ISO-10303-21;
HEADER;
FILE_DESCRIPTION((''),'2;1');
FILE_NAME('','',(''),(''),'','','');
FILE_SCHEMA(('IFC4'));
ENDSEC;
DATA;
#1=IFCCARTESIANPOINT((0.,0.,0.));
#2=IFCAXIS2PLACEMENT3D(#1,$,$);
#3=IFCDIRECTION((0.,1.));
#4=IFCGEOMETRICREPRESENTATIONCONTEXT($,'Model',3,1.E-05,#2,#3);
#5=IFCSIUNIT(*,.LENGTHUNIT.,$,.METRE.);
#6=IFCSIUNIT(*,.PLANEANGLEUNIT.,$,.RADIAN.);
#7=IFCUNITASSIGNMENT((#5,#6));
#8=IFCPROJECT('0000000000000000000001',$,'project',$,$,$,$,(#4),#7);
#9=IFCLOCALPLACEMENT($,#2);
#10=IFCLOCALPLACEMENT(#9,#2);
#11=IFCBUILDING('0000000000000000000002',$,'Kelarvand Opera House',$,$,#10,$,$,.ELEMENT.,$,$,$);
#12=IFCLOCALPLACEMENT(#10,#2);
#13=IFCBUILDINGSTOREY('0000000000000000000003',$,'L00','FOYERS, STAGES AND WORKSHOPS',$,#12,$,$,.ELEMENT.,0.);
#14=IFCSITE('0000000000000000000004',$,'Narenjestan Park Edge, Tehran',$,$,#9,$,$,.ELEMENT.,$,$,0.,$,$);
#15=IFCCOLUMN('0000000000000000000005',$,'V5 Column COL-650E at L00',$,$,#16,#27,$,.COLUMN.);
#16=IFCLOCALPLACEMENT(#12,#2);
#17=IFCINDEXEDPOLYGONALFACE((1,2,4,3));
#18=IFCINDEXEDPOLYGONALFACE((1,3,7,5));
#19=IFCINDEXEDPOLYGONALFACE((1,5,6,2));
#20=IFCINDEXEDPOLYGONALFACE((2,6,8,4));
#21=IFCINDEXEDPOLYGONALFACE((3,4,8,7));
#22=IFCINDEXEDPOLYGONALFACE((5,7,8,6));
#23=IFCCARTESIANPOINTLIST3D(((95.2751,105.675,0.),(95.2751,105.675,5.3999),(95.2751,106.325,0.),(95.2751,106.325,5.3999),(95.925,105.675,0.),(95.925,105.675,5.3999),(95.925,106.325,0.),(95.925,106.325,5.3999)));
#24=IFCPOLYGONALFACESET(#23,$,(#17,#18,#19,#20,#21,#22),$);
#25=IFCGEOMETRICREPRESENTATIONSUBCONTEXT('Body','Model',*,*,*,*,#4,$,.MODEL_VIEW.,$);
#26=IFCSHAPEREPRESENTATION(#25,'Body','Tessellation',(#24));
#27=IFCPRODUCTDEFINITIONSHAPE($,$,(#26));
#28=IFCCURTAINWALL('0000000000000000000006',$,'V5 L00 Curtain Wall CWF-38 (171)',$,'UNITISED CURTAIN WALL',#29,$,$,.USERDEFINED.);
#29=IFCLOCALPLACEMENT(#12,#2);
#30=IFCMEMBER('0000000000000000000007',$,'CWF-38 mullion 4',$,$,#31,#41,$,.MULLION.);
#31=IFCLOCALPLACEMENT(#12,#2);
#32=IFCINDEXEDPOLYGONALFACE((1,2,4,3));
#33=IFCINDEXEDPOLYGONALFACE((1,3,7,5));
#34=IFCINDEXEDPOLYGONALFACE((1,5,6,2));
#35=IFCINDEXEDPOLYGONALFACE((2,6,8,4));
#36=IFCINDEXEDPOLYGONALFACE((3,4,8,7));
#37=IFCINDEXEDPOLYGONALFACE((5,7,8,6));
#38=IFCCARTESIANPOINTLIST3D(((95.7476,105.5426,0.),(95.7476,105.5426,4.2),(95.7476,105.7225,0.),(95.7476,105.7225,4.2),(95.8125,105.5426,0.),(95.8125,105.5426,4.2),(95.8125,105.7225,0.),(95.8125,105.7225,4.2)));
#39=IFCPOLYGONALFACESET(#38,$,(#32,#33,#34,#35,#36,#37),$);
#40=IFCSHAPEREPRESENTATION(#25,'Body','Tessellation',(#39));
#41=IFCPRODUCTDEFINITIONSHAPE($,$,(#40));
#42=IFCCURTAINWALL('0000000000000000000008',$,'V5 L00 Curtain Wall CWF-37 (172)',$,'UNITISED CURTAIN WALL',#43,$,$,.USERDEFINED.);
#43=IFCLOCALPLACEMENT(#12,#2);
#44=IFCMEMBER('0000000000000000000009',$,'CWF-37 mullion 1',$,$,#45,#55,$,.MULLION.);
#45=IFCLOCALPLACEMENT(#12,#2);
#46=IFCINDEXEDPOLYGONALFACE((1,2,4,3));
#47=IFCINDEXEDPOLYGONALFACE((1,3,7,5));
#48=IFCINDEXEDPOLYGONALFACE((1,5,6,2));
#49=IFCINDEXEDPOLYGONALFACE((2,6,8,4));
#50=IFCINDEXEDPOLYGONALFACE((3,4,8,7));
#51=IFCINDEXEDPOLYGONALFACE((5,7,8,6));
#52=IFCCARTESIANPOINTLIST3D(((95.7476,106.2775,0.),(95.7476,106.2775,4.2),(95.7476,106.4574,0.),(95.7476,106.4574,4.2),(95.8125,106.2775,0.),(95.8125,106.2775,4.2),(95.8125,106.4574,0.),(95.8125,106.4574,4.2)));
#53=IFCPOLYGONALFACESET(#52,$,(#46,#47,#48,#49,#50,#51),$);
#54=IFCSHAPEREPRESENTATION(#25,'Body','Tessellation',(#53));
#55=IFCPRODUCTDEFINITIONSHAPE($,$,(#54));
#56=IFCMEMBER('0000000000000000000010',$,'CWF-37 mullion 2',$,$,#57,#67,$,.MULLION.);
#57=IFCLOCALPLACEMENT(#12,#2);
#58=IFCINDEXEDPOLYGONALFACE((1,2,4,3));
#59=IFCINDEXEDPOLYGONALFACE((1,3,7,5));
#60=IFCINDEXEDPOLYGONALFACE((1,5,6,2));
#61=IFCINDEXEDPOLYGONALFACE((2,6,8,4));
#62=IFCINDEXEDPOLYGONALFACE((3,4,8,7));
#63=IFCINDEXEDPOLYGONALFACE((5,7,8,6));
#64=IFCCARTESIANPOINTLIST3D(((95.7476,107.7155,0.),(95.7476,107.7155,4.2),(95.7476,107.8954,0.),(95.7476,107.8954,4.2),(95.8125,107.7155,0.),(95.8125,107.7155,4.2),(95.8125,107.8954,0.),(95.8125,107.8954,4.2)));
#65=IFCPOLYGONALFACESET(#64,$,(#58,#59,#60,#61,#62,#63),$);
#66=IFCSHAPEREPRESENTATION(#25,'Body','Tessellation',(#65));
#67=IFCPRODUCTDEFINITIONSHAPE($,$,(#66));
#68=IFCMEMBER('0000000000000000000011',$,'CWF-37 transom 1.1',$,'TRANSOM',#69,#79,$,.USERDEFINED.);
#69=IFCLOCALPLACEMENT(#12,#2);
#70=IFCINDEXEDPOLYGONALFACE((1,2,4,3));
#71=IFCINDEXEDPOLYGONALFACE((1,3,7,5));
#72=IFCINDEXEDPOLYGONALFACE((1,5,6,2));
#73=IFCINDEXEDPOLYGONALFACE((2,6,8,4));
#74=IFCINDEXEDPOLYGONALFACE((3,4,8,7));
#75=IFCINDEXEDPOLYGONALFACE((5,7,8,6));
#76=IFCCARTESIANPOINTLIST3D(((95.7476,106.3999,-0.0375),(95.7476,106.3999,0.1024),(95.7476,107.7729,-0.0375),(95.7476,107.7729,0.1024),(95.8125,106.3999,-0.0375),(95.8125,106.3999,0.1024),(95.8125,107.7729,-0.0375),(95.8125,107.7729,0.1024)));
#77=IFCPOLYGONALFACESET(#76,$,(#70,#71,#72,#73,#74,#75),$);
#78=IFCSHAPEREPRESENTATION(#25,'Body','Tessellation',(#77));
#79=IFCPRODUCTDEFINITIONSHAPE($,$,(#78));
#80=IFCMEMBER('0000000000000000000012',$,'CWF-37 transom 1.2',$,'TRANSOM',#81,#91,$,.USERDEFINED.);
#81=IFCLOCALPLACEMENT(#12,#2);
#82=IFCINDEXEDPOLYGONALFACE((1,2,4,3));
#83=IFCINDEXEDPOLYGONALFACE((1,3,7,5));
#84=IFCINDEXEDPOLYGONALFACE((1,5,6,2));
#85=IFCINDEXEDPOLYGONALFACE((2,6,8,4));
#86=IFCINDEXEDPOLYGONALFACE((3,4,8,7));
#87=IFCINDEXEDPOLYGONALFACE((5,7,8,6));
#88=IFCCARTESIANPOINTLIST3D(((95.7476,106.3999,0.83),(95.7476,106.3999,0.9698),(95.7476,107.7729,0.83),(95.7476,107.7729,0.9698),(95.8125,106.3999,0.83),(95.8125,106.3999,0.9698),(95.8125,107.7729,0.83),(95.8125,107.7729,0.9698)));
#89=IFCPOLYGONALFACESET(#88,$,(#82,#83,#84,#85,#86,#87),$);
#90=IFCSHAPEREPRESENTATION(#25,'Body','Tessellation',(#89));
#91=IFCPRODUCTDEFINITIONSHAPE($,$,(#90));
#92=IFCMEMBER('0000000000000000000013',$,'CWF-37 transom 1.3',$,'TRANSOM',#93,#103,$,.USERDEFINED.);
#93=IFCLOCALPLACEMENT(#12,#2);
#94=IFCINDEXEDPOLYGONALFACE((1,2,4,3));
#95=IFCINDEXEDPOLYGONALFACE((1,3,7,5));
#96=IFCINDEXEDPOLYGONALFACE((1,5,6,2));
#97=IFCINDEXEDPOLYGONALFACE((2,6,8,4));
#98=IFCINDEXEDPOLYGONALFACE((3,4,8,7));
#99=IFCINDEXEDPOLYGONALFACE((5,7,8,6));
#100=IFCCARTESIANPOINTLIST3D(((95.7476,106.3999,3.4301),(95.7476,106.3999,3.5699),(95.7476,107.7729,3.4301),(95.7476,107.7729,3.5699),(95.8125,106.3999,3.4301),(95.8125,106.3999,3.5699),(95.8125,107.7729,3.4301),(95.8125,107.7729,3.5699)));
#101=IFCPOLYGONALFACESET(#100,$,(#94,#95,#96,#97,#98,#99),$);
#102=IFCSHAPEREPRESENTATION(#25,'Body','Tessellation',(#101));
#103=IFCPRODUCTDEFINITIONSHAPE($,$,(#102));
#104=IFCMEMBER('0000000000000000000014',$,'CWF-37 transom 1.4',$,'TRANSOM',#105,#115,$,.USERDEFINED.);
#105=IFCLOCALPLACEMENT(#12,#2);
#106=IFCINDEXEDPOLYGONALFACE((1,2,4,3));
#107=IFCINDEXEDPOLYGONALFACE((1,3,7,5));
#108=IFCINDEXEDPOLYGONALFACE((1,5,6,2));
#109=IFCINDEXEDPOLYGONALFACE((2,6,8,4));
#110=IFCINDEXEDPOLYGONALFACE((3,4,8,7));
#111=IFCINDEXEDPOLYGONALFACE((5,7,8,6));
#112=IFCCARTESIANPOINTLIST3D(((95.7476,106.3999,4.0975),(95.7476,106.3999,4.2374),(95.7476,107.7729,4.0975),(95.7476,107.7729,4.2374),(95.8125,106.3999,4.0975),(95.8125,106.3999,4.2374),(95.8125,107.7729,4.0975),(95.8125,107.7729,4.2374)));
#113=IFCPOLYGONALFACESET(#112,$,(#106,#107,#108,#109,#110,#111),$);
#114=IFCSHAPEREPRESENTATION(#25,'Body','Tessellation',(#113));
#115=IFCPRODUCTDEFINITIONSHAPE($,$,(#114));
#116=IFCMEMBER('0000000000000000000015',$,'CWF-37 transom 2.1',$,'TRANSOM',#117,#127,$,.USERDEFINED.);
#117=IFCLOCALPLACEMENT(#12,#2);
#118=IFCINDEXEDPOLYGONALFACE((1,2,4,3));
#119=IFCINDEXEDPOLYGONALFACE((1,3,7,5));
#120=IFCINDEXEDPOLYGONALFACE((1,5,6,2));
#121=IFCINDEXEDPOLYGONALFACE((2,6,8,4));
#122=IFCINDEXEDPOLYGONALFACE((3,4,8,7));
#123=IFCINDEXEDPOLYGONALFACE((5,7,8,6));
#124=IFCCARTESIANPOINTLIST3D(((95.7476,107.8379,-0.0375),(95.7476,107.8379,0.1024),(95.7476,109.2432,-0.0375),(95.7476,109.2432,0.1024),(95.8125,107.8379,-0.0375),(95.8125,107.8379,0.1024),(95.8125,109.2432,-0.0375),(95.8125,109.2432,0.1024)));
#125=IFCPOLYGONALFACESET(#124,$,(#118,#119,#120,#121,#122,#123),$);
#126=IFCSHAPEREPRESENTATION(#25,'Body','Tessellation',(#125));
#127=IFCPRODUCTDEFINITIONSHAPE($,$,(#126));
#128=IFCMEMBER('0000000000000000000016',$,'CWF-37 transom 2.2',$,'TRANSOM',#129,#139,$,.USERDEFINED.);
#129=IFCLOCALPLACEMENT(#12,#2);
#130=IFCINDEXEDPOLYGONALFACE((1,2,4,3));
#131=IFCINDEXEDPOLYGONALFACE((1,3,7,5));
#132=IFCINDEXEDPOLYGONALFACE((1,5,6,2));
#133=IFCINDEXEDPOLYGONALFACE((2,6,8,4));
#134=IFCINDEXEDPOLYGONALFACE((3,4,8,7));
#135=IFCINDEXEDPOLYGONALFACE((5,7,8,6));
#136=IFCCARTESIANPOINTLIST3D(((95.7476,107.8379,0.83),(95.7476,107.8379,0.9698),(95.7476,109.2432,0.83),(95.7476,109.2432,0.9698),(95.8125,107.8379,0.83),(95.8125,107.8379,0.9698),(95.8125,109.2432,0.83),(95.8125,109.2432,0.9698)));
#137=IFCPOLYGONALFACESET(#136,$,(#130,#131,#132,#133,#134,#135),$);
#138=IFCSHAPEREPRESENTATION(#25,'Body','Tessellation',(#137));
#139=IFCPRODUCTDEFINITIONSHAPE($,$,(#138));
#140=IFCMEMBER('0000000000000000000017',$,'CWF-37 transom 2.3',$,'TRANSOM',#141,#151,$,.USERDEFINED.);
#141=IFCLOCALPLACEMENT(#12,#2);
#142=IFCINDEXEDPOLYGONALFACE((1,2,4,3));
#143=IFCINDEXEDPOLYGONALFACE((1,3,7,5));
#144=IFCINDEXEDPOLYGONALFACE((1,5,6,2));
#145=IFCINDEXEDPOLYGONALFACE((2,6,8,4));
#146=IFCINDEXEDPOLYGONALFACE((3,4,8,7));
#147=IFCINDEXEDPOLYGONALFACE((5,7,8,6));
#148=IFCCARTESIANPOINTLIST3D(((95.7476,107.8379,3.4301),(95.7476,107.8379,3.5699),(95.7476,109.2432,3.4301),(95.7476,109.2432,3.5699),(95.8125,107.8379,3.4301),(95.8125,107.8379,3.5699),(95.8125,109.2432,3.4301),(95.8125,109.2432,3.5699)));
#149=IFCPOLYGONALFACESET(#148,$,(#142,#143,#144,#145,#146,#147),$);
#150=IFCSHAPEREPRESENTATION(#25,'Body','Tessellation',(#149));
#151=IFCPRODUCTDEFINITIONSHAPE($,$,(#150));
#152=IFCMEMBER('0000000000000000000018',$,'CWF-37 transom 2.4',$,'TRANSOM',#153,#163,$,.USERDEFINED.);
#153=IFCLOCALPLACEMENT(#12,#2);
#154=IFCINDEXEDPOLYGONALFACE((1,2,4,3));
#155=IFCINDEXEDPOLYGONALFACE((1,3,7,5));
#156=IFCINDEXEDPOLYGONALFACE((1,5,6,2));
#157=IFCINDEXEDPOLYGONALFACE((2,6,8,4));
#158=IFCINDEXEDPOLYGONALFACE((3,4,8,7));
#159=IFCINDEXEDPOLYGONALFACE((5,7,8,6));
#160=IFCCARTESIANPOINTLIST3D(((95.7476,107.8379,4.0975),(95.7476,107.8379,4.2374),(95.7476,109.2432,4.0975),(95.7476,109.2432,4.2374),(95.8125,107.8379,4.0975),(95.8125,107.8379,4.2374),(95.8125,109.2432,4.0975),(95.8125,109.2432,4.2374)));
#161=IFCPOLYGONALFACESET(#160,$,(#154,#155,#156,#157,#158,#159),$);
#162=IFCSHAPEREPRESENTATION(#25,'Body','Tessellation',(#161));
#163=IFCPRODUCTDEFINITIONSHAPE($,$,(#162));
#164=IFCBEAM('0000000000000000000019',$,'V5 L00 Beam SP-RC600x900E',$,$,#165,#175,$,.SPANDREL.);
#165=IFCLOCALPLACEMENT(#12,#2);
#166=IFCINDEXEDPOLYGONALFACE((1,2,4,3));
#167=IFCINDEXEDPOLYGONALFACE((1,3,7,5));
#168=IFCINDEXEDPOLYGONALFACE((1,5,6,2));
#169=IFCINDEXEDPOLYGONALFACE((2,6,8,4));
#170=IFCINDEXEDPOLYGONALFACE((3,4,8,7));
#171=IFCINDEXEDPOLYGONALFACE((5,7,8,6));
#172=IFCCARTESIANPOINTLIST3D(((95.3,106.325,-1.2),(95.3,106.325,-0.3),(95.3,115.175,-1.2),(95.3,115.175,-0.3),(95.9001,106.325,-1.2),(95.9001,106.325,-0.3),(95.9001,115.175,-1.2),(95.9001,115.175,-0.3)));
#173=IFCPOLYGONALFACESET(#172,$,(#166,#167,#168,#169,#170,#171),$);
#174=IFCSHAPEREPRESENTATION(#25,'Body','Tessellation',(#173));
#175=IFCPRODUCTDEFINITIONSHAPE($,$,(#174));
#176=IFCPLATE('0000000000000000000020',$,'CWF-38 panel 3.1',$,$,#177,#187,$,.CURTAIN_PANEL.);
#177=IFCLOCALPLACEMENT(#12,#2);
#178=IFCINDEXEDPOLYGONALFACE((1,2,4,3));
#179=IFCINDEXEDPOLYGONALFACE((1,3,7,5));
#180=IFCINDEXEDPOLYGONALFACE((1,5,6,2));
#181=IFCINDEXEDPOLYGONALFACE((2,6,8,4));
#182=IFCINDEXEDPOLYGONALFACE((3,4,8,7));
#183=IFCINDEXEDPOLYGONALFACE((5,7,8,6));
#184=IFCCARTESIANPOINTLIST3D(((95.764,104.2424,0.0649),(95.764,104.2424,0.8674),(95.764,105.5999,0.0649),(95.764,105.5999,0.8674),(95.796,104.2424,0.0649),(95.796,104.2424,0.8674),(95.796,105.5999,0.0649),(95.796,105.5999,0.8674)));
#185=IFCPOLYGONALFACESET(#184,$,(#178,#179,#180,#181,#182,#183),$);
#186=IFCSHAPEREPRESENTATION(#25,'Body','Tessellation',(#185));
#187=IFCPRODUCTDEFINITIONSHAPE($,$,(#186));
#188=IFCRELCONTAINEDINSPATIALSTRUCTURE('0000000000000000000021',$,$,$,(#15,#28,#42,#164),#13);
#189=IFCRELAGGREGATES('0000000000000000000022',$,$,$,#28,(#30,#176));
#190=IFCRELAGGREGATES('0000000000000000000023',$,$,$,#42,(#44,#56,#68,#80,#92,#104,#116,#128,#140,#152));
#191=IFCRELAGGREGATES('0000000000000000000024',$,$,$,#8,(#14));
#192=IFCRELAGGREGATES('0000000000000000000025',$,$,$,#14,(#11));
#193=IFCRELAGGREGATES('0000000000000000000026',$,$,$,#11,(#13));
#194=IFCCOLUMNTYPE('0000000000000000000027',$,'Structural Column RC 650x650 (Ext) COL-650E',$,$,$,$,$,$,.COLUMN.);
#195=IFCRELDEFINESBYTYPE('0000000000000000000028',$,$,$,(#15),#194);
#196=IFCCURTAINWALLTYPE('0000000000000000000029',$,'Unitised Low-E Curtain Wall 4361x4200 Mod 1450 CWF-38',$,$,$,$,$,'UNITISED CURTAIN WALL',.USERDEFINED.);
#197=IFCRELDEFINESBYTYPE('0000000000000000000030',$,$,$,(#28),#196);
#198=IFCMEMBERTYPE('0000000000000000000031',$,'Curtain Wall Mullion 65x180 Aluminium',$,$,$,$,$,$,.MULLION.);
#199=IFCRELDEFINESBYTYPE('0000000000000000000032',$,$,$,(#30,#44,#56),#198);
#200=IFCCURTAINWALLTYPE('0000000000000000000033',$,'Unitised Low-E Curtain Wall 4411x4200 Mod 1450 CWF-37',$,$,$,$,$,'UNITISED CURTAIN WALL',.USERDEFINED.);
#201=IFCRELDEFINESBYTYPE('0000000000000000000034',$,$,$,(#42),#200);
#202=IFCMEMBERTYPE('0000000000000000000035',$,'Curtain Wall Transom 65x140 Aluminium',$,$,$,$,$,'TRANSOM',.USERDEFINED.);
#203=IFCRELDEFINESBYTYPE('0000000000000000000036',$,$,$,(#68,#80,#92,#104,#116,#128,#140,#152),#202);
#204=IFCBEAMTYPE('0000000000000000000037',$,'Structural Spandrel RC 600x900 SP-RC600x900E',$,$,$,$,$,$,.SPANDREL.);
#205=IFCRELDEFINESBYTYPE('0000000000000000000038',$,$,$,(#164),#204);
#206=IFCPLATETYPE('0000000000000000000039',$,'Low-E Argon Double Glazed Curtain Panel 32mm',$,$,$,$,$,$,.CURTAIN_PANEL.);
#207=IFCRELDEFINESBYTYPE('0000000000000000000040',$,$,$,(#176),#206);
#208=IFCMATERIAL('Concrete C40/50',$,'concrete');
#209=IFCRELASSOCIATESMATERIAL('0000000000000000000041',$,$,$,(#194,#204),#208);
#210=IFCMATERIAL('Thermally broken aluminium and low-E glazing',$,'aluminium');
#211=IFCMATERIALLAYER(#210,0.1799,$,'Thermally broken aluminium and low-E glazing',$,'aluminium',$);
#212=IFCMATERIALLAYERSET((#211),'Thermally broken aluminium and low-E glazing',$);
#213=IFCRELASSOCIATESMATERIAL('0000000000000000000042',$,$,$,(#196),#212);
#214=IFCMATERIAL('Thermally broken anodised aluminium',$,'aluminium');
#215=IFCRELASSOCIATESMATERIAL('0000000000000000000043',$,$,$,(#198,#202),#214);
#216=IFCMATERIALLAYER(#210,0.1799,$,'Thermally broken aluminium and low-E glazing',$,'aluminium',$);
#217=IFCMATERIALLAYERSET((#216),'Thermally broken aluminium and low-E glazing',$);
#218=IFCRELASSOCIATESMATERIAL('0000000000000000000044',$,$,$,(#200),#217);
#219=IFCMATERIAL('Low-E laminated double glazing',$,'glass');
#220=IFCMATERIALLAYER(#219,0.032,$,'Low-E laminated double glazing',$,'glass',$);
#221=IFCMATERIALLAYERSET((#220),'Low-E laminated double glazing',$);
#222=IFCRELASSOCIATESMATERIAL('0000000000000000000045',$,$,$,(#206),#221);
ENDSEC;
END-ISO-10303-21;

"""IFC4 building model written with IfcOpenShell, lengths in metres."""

from ifc_helpers import new_model, si_unit, direction, frame, origin, origin_2d, place, context, subcontext, project, spatial, rectangle, extrude, material, layer, layer_set, material_profile, profile_set, type_object, element, aggregate, save


model = new_model("IFC4")

# Units and contexts
model_context = context("Model", 3, precision=1e-05, world=origin(), true_north=direction((0.0, 1.0)))
body_context = subcontext(model_context, "Body", "Model", "MODEL_VIEW")
ifc_project = project(units=[si_unit("LENGTHUNIT", "METRE"), si_unit("PLANEANGLEUNIT", "RADIAN")], contexts=[model_context])

# Site, building, storey
site_placement = place(None, origin())
site = spatial("IfcSite", under=ifc_project, at=site_placement, Name="Narenjestan Park Edge, Tehran", CompositionType="ELEMENT", RefElevation=0.0)
building_placement = place(site_placement, origin())
building = spatial("IfcBuilding", under=site, at=building_placement, Name="Kelarvand Opera House", CompositionType="ELEMENT")
storey_placement = place(building_placement, origin())
storey = spatial("IfcBuildingStorey", under=building, at=storey_placement, Name="L00", Description="FOYERS, STAGES AND WORKSHOPS", CompositionType="ELEMENT", Elevation=0.0)

# Column
ifc_material_1 = material(Name="Concrete C40/50", Category="concrete")
ifc_material_profile_1 = material_profile(ifc_material_1, rectangle(XDim=0.6499, YDim=0.6499, at=origin_2d()), Name="RC 650x650", Category="concrete")
ifc_profile_set_1 = profile_set([ifc_material_profile_1], Name="Concrete C40/50")
column_type = type_object("IfcColumnType", Name="Structural Column RC 650x650 (Ext) COL-650E", PredefinedType="COLUMN", material=ifc_profile_set_1)
column_placement = place(storey_placement, frame((95.6001, 106.0, 0.0), z_axis=(0.0, 0.0, 1.0), x_axis=(1.0, 0.0, 0.0)))
element("IfcColumn", 1, at=column_placement, inside=storey, type_object=column_type, Name="V5 Column COL-650E at L00", PredefinedType="COLUMN", context=body_context, shape_type="SweptSolid", body=[
    extrude(rectangle(XDim=0.6499, YDim=0.6499, at=origin_2d()), origin(), (0.0, 0.0, 1.0), 5.3999),
])

# Curtain wall, member
ifc_material_2 = material(Name="Thermally broken aluminium and low-E glazing", Category="aluminium")
ifc_layer_1 = layer(ifc_material_2, 0.1799, Name="Thermally broken aluminium and low-E glazing", Category="aluminium")
ifc_layer_set_1 = layer_set([ifc_layer_1], Name="Thermally broken aluminium and low-E glazing")
curtain_wall_type_1 = type_object("IfcCurtainWallType", Name="Unitised Low-E Curtain Wall 4361x4200 Mod 1450 CWF-38", ElementType="UNITISED CURTAIN WALL", PredefinedType="USERDEFINED", material=ifc_layer_set_1)
curtain_wall_1_placement = place(storey_placement, origin())
curtain_wall_1 = element("IfcCurtainWall", 2, at=curtain_wall_1_placement, inside=storey, type_object=curtain_wall_type_1, Name="V5 L00 Curtain Wall CWF-38 (171)", ObjectType="UNITISED CURTAIN WALL", PredefinedType="USERDEFINED")
ifc_material_3 = material(Name="Thermally broken anodised aluminium", Category="aluminium")
ifc_material_profile_2 = material_profile(ifc_material_3, rectangle(XDim=0.0649, YDim=0.1799, at=origin_2d()), Name="ALU MULLION 65x180", Category="aluminium")
ifc_profile_set_2 = profile_set([ifc_material_profile_2], Name="Thermally broken anodised aluminium")
member_type_1 = type_object("IfcMemberType", Name="Curtain Wall Mullion 65x180 Aluminium", PredefinedType="MULLION", material=ifc_profile_set_2)
member_1_placement = place(storey_placement, frame((95.78, 105.6326, 0.0), z_axis=(0.0, 0.0, 1.0), x_axis=(-1.0, 0.0, 0.0)))
member_1 = element("IfcMember", 3, at=member_1_placement, type_object=member_type_1, Name="CWF-38 mullion 4", PredefinedType="MULLION", context=body_context, shape_type="SweptSolid", body=[
    extrude(rectangle(XDim=0.0649, YDim=0.1799, at=origin_2d()), origin(), (0.0, 0.0, 1.0), 4.2),
])

# Curtain wall, members
ifc_layer_2 = layer(ifc_material_2, 0.1799, Name="Thermally broken aluminium and low-E glazing", Category="aluminium")
ifc_layer_set_2 = layer_set([ifc_layer_2], Name="Thermally broken aluminium and low-E glazing")
curtain_wall_type_2 = type_object("IfcCurtainWallType", Name="Unitised Low-E Curtain Wall 4411x4200 Mod 1450 CWF-37", ElementType="UNITISED CURTAIN WALL", PredefinedType="USERDEFINED", material=ifc_layer_set_2)
curtain_wall_2_placement = place(storey_placement, origin())
curtain_wall_2 = element("IfcCurtainWall", 4, at=curtain_wall_2_placement, inside=storey, type_object=curtain_wall_type_2, Name="V5 L00 Curtain Wall CWF-37 (172)", ObjectType="UNITISED CURTAIN WALL", PredefinedType="USERDEFINED")
member_2_placement = place(storey_placement, frame((95.78, 106.3674, 0.0), z_axis=(0.0, 0.0, 1.0), x_axis=(-1.0, 0.0, 0.0)))
member_2 = element("IfcMember", 5, at=member_2_placement, type_object=member_type_1, Name="CWF-37 mullion 1", PredefinedType="MULLION", context=body_context, shape_type="SweptSolid", body=[
    extrude(rectangle(XDim=0.0649, YDim=0.1799, at=origin_2d()), origin(), (0.0, 0.0, 1.0), 4.2),
])
member_3_placement = place(storey_placement, frame((95.78, 107.8054, 0.0), z_axis=(0.0, 0.0, 1.0), x_axis=(-1.0, 0.0, 0.0)))
member_3 = element("IfcMember", 6, at=member_3_placement, type_object=member_type_1, Name="CWF-37 mullion 2", PredefinedType="MULLION", context=body_context, shape_type="SweptSolid", body=[
    extrude(rectangle(XDim=0.0649, YDim=0.1799, at=origin_2d()), origin(), (0.0, 0.0, 1.0), 4.2),
])
ifc_material_profile_3 = material_profile(ifc_material_3, rectangle(XDim=0.0649, YDim=0.1399, at=origin_2d()), Name="ALU TRANSOM 65x140", Category="aluminium")
ifc_profile_set_3 = profile_set([ifc_material_profile_3], Name="Thermally broken anodised aluminium")
member_type_2 = type_object("IfcMemberType", Name="Curtain Wall Transom 65x140 Aluminium", ElementType="TRANSOM", PredefinedType="USERDEFINED", material=ifc_profile_set_3)
member_4_placement = place(storey_placement, frame((95.78, 106.3999, 0.0325), z_axis=(0.0, 1.0, 0.0), x_axis=(-1.0, 0.0, 0.0)))
member_4 = element("IfcMember", 7, at=member_4_placement, type_object=member_type_2, Name="CWF-37 transom 1.1", ObjectType="TRANSOM", PredefinedType="USERDEFINED", context=body_context, shape_type="SweptSolid", body=[
    extrude(rectangle(XDim=0.0649, YDim=0.1399, at=origin_2d()), origin(), (0.0, 0.0, 1.0), 1.373),
])
member_5_placement = place(storey_placement, frame((95.78, 106.3999, 0.8999), z_axis=(0.0, 1.0, 0.0), x_axis=(-1.0, 0.0, 0.0)))
member_5 = element("IfcMember", 8, at=member_5_placement, type_object=member_type_2, Name="CWF-37 transom 1.2", ObjectType="TRANSOM", PredefinedType="USERDEFINED", context=body_context, shape_type="SweptSolid", body=[
    extrude(rectangle(XDim=0.0649, YDim=0.1399, at=origin_2d()), origin(), (0.0, 0.0, 1.0), 1.373),
])
member_6_placement = place(storey_placement, frame((95.78, 106.3999, 3.5), z_axis=(0.0, 1.0, 0.0), x_axis=(-1.0, 0.0, 0.0)))
member_6 = element("IfcMember", 9, at=member_6_placement, type_object=member_type_2, Name="CWF-37 transom 1.3", ObjectType="TRANSOM", PredefinedType="USERDEFINED", context=body_context, shape_type="SweptSolid", body=[
    extrude(rectangle(XDim=0.0649, YDim=0.1399, at=origin_2d()), origin(), (0.0, 0.0, 1.0), 1.373),
])
member_7_placement = place(storey_placement, frame((95.78, 106.3999, 4.1675), z_axis=(0.0, 1.0, 0.0), x_axis=(-1.0, 0.0, 0.0)))
member_7 = element("IfcMember", 10, at=member_7_placement, type_object=member_type_2, Name="CWF-37 transom 1.4", ObjectType="TRANSOM", PredefinedType="USERDEFINED", context=body_context, shape_type="SweptSolid", body=[
    extrude(rectangle(XDim=0.0649, YDim=0.1399, at=origin_2d()), origin(), (0.0, 0.0, 1.0), 1.373),
])
member_8_placement = place(storey_placement, frame((95.78, 107.8379, 0.0325), z_axis=(0.0, 1.0, 0.0), x_axis=(-1.0, 0.0, 0.0)))
member_8 = element("IfcMember", 11, at=member_8_placement, type_object=member_type_2, Name="CWF-37 transom 2.1", ObjectType="TRANSOM", PredefinedType="USERDEFINED", context=body_context, shape_type="SweptSolid", body=[
    extrude(rectangle(XDim=0.0649, YDim=0.1399, at=origin_2d()), origin(), (0.0, 0.0, 1.0), 1.4053),
])
member_9_placement = place(storey_placement, frame((95.78, 107.8379, 0.8999), z_axis=(0.0, 1.0, 0.0), x_axis=(-1.0, 0.0, 0.0)))
member_9 = element("IfcMember", 12, at=member_9_placement, type_object=member_type_2, Name="CWF-37 transom 2.2", ObjectType="TRANSOM", PredefinedType="USERDEFINED", context=body_context, shape_type="SweptSolid", body=[
    extrude(rectangle(XDim=0.0649, YDim=0.1399, at=origin_2d()), origin(), (0.0, 0.0, 1.0), 1.4053),
])
member_10_placement = place(storey_placement, frame((95.78, 107.8379, 3.5), z_axis=(0.0, 1.0, 0.0), x_axis=(-1.0, 0.0, 0.0)))
member_10 = element("IfcMember", 13, at=member_10_placement, type_object=member_type_2, Name="CWF-37 transom 2.3", ObjectType="TRANSOM", PredefinedType="USERDEFINED", context=body_context, shape_type="SweptSolid", body=[
    extrude(rectangle(XDim=0.0649, YDim=0.1399, at=origin_2d()), origin(), (0.0, 0.0, 1.0), 1.4053),
])
member_11_placement = place(storey_placement, frame((95.78, 107.8379, 4.1675), z_axis=(0.0, 1.0, 0.0), x_axis=(-1.0, 0.0, 0.0)))
member_11 = element("IfcMember", 14, at=member_11_placement, type_object=member_type_2, Name="CWF-37 transom 2.4", ObjectType="TRANSOM", PredefinedType="USERDEFINED", context=body_context, shape_type="SweptSolid", body=[
    extrude(rectangle(XDim=0.0649, YDim=0.1399, at=origin_2d()), origin(), (0.0, 0.0, 1.0), 1.4053),
])

# Beam
ifc_material_profile_4 = material_profile(ifc_material_1, rectangle(XDim=0.6001, YDim=0.8999, at=origin_2d()), Name="RC 600x900", Category="concrete")
ifc_profile_set_4 = profile_set([ifc_material_profile_4], Name="Concrete C40/50")
beam_type = type_object("IfcBeamType", Name="Structural Spandrel RC 600x900 SP-RC600x900E", PredefinedType="SPANDREL", material=ifc_profile_set_4)
beam_placement = place(storey_placement, frame((95.6001, 106.325, -0.75), z_axis=(0.0, 1.0, 0.0), x_axis=(-1.0, 0.0, 0.0)))
element("IfcBeam", 15, at=beam_placement, inside=storey, type_object=beam_type, Name="V5 L00 Beam SP-RC600x900E", PredefinedType="SPANDREL", context=body_context, shape_type="SweptSolid", body=[
    extrude(rectangle(XDim=0.6001, YDim=0.8999, at=origin_2d()), origin(), (0.0, 0.0, 1.0), 8.8501),
])

# Plate
ifc_material_4 = material(Name="Low-E laminated double glazing", Category="glass")
ifc_layer_3 = layer(ifc_material_4, 0.032, Name="Low-E laminated double glazing", Category="glass")
ifc_layer_set_3 = layer_set([ifc_layer_3], Name="Low-E laminated double glazing")
plate_type = type_object("IfcPlateType", Name="Low-E Argon Double Glazed Curtain Panel 32mm", PredefinedType="CURTAIN_PANEL", material=ifc_layer_set_3)
plate_1_placement = place(storey_placement, frame((95.78, 104.9211, 0.0649), z_axis=(0.0, 0.0, 1.0), x_axis=(0.0, 1.0, 0.0)))
plate_1 = element("IfcPlate", 16, at=plate_1_placement, type_object=plate_type, Name="CWF-38 panel 3.1", PredefinedType="CURTAIN_PANEL", context=body_context, shape_type="SweptSolid", body=[
    extrude(rectangle(XDim=1.3574, YDim=0.032, at=origin_2d()), origin(), (0.0, 0.0, 1.0), 0.8025),
])
aggregate(curtain_wall_1, [member_1, plate_1])
aggregate(curtain_wall_2, [member_2, member_3, member_4, member_5, member_6, member_7, member_8, member_9, member_10, member_11])

save(model, "model.ifc")
